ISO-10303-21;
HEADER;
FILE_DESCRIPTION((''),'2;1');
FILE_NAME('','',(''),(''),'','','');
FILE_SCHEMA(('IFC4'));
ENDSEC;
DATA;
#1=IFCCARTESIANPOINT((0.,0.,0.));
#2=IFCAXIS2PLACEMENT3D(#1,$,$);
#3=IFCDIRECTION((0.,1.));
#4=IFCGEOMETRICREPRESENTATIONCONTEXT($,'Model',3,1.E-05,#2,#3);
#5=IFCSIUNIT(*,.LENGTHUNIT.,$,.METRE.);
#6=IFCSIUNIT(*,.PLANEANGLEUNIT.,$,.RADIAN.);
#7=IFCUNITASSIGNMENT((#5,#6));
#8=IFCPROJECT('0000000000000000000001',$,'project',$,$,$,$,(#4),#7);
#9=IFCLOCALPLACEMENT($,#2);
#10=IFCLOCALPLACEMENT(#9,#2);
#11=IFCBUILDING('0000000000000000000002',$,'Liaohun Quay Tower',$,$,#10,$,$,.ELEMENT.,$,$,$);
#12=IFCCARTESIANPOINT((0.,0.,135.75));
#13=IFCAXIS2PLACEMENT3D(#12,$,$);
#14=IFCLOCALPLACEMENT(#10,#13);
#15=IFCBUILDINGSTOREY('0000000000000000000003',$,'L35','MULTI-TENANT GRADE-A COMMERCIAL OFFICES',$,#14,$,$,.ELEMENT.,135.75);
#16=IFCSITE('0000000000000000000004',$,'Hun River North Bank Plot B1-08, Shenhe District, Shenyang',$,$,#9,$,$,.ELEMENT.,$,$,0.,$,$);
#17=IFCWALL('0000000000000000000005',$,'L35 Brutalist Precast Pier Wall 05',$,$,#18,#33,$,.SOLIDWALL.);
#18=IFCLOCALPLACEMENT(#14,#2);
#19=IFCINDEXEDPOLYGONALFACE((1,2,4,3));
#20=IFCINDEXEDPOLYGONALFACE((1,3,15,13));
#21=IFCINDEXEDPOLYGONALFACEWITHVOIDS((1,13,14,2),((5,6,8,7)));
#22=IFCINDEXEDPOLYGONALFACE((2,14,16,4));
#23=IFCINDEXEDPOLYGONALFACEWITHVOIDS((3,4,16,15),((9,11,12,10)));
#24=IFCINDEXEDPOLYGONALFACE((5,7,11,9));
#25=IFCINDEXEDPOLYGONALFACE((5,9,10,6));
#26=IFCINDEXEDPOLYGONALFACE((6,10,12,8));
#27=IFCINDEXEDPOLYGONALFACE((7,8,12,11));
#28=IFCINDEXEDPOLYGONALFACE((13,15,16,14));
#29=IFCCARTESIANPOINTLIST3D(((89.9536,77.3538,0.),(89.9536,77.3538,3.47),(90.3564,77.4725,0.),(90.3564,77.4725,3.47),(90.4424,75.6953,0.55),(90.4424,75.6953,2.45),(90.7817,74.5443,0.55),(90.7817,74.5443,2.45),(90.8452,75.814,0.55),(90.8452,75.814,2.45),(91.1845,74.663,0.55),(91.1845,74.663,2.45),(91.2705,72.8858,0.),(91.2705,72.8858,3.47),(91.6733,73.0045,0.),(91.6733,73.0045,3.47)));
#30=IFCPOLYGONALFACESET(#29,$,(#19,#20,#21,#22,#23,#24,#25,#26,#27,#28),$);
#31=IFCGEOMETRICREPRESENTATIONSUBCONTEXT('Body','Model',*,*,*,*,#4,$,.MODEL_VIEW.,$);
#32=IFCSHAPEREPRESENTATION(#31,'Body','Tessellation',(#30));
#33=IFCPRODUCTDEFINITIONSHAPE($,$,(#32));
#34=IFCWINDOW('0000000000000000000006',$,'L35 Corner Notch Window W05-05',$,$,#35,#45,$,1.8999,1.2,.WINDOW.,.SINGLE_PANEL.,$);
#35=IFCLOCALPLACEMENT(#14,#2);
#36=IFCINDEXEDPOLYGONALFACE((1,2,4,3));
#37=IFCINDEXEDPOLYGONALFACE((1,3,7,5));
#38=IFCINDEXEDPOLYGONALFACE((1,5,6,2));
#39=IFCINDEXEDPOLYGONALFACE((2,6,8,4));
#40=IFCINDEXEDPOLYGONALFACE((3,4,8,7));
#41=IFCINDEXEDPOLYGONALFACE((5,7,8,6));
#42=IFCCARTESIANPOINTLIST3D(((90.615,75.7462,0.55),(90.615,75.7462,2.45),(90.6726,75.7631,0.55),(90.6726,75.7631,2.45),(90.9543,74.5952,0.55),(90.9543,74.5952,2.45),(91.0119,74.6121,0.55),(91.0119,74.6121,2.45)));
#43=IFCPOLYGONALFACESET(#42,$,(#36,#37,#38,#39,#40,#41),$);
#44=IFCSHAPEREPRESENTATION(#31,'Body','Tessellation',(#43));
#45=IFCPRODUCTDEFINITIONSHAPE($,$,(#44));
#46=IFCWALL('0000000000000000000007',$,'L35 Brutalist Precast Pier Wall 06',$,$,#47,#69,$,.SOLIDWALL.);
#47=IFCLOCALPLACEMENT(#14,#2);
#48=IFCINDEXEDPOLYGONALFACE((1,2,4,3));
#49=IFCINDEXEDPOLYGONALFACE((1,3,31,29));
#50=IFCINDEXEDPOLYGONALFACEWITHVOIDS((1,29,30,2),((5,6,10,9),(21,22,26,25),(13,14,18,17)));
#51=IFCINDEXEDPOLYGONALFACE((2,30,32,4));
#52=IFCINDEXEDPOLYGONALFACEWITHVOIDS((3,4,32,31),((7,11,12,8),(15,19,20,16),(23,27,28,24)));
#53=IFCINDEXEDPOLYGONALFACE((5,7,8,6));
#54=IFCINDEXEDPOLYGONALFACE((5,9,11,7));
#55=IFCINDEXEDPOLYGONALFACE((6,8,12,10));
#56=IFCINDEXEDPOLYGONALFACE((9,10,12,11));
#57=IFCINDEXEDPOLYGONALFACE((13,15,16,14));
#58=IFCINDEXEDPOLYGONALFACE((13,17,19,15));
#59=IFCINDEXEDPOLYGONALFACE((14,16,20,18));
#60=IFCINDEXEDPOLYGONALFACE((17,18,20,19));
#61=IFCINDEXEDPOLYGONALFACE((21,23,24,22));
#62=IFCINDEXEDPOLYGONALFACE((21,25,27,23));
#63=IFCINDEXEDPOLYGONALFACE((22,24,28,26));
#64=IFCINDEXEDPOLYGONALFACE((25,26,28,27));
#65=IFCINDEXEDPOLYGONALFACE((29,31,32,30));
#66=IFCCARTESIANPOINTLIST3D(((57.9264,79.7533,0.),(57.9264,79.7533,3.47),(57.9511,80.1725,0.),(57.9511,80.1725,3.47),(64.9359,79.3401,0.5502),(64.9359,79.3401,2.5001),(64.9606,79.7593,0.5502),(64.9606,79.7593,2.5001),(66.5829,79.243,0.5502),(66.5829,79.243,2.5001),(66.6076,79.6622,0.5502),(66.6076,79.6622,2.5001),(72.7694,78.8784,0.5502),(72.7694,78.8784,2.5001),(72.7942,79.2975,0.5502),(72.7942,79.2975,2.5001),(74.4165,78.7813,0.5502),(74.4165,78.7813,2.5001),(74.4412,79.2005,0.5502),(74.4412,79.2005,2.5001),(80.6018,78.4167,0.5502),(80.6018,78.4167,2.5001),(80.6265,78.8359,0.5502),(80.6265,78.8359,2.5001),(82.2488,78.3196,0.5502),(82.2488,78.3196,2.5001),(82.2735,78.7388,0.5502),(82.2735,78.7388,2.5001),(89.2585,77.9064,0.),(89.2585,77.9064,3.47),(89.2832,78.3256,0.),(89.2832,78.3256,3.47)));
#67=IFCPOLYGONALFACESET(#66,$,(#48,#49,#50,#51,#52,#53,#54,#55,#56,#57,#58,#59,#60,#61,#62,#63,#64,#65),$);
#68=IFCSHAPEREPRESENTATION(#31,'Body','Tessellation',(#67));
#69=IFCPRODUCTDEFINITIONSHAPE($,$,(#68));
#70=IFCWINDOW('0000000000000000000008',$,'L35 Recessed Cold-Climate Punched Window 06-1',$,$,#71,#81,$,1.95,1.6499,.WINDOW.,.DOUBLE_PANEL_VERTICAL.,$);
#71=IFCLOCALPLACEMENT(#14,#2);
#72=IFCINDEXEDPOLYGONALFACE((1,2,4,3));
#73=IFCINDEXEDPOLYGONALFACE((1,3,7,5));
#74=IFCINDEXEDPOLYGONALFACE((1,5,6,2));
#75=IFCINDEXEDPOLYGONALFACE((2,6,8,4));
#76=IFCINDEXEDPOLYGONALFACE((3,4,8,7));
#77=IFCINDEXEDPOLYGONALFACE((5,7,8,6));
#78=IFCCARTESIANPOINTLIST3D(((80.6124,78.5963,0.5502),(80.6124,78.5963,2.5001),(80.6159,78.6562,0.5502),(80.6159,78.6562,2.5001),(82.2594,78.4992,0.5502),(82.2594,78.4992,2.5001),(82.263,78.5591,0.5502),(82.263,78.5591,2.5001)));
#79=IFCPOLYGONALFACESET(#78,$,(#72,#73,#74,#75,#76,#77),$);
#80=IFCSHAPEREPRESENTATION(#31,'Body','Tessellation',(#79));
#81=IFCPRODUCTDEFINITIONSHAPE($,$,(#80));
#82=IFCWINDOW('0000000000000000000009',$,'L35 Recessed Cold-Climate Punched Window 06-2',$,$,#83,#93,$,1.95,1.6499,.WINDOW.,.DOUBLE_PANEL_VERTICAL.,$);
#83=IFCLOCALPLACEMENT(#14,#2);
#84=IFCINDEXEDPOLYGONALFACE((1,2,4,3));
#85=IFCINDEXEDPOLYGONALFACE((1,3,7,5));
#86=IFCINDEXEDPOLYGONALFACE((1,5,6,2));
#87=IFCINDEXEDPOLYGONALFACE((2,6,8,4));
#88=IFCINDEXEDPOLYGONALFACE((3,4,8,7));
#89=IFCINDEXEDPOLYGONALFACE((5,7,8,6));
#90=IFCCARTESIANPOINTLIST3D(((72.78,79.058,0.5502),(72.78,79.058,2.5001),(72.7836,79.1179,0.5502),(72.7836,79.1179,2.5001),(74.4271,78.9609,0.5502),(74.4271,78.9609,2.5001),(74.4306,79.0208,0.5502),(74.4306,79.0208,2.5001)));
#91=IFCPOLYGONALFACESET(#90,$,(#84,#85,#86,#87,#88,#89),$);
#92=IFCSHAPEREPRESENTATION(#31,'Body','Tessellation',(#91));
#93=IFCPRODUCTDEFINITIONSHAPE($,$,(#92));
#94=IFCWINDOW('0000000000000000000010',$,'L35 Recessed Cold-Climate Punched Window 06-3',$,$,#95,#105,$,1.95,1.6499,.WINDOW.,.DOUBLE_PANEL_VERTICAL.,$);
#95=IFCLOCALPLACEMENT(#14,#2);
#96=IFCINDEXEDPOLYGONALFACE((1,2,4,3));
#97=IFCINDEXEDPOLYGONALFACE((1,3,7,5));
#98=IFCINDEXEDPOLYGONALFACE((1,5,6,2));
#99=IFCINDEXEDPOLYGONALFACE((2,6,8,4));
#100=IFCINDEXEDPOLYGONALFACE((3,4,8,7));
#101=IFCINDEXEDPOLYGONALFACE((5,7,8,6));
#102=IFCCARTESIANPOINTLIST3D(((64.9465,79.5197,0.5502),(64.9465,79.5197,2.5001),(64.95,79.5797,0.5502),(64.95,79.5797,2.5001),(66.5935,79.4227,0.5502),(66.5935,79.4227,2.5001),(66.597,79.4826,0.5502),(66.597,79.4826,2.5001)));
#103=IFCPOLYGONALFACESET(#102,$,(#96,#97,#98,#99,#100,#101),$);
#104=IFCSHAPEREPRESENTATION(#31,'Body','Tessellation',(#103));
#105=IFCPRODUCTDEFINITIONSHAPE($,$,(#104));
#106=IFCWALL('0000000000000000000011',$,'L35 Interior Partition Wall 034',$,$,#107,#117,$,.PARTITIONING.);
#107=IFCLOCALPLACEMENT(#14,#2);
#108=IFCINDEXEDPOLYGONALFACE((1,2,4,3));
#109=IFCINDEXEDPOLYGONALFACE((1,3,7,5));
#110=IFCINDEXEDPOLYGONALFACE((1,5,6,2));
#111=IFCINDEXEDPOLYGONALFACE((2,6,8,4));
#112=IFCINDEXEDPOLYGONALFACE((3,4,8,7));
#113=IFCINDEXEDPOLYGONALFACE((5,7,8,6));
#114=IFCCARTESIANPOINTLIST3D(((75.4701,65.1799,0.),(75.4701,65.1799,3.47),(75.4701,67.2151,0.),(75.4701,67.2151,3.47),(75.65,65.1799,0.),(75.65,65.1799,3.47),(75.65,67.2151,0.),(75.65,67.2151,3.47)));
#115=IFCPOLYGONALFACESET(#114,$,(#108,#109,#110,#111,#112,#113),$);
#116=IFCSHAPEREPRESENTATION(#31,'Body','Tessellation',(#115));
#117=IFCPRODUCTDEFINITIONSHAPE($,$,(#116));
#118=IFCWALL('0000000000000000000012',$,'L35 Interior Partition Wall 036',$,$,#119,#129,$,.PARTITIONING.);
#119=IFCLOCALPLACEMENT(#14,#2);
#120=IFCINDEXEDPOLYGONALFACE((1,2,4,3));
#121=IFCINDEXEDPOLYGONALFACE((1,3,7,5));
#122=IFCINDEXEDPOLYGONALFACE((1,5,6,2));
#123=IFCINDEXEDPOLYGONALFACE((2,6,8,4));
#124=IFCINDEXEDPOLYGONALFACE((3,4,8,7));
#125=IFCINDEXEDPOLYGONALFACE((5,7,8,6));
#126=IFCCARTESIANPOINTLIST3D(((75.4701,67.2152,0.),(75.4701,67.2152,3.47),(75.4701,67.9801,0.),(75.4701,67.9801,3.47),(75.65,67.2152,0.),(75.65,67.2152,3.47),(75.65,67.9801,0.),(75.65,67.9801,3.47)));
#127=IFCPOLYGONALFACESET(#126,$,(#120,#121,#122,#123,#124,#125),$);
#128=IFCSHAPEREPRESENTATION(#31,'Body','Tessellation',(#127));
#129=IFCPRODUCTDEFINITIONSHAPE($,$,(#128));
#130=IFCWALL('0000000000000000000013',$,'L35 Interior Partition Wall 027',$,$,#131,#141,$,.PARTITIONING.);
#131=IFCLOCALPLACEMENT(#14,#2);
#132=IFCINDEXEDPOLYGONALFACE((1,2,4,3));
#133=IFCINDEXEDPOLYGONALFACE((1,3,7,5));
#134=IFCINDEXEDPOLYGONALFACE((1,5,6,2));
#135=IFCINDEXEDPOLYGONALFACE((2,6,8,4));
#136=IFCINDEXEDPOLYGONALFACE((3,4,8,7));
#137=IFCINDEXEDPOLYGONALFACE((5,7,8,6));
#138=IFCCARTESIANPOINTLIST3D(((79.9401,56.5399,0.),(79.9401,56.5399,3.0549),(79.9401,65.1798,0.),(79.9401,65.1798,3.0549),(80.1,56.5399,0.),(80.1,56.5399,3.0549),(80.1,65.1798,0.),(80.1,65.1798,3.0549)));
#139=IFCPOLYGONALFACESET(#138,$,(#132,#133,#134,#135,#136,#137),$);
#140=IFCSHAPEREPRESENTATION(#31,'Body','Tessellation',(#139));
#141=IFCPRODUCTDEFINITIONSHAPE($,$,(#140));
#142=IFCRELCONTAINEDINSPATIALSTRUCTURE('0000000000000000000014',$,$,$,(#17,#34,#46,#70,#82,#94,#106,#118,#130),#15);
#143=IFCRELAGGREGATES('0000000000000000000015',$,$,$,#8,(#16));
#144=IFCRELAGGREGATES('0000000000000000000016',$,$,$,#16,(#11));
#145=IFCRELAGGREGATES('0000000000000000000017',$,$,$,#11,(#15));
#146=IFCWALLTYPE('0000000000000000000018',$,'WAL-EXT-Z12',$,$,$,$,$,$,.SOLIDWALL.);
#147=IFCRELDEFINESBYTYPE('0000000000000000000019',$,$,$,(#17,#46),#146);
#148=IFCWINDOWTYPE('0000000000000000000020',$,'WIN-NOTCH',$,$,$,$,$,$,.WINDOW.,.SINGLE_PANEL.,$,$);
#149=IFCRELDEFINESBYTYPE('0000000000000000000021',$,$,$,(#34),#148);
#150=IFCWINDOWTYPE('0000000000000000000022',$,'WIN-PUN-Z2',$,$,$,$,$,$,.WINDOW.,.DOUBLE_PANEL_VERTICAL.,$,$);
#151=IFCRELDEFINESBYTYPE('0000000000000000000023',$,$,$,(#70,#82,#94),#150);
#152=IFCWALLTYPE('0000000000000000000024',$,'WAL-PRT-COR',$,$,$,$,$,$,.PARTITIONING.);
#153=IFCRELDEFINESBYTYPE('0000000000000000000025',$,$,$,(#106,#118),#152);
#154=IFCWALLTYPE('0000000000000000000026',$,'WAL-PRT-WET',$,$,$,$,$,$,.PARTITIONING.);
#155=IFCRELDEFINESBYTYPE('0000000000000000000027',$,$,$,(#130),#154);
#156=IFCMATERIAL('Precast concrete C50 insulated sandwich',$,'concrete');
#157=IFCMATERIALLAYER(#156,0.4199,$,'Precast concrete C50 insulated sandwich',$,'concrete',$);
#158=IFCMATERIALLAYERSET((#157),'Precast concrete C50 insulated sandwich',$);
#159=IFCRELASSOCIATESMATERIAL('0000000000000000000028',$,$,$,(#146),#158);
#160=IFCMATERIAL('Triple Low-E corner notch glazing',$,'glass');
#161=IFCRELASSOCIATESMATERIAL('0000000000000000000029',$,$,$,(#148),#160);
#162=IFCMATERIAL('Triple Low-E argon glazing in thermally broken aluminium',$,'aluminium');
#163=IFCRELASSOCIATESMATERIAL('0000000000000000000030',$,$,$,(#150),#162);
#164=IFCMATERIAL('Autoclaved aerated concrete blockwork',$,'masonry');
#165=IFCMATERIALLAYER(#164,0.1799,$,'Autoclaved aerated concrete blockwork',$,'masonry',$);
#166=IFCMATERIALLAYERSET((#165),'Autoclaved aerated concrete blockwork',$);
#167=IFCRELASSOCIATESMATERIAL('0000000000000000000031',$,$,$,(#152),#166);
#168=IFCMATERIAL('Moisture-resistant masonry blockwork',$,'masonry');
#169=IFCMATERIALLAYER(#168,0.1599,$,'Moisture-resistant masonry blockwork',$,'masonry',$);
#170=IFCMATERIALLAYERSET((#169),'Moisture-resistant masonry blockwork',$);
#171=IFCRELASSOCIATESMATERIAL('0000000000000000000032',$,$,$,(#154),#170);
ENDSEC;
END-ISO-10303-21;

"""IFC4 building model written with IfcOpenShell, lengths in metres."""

from ifc_helpers import new_model, si_unit, direction, frame, frame_2d, origin, place, context, subcontext, project, spatial, rectangle, extrude, source, transform, mapped, material, layer, layer_set, type_object, element, fill, save


model = new_model("IFC4")

# Units and contexts
model_context = context("Model", 3, precision=1e-05, world=origin(), true_north=direction((0.0, 1.0)))
body_context = subcontext(model_context, "Body", "Model", "MODEL_VIEW")
ifc_project = project(units=[si_unit("LENGTHUNIT", "METRE"), si_unit("PLANEANGLEUNIT", "RADIAN")], contexts=[model_context])

# Site, building, storey
site_placement = place(None, origin())
site = spatial("IfcSite", under=ifc_project, at=site_placement, Name="Hun River North Bank Plot B1-08, Shenhe District, Shenyang", CompositionType="ELEMENT", RefElevation=0.0)
building_placement = place(site_placement, origin())
building = spatial("IfcBuilding", under=site, at=building_placement, Name="Liaohun Quay Tower", CompositionType="ELEMENT")
storey_placement = place(building_placement, frame((0.0, 0.0, 135.75)))
storey = spatial("IfcBuildingStorey", under=building, at=storey_placement, Name="L35", Description="MULTI-TENANT GRADE-A COMMERCIAL OFFICES", CompositionType="ELEMENT", Elevation=135.75)

# Wall, opening, window
ifc_material_1 = material(Name="Precast concrete C50 insulated sandwich", Category="concrete")
ifc_layer_1 = layer(ifc_material_1, 0.4199, Name="Precast concrete C50 insulated sandwich", Category="concrete")
ifc_layer_set_1 = layer_set([ifc_layer_1], Name="Precast concrete C50 insulated sandwich")
wall_type_1 = type_object("IfcWallType", Name="WAL-EXT-Z12", PredefinedType="SOLIDWALL", material=ifc_layer_set_1)
shared_shape_1 = source(origin(), body_context, "Body", "SweptSolid", [
    extrude(rectangle(XDim=1.2, YDim=1.8999, at=frame_2d((0.6001, 0.95))), frame((0.0, 0.22, 0.0), z_axis=(0.0, -1.0, 0.0), x_axis=(1.0, 0.0, 0.0)), (0.0, 0.0, 1.0), 0.4399),
])
ifc_material_2 = material(Name="Triple Low-E corner notch glazing", Category="glass")
window_type_1 = type_object("IfcWindowType", Name="WIN-NOTCH", PartitioningType="SINGLE_PANEL", PredefinedType="WINDOW", material=ifc_material_2)
shared_shape_2 = source(origin(), body_context, "Body", "SweptSolid", [
    extrude(rectangle(XDim=1.2, YDim=1.8999, at=frame_2d((0.6001, 0.95))), frame((0.0, 0.03, 0.0), z_axis=(0.0, -1.0, 0.0), x_axis=(1.0, 0.0, 0.0)), (0.0, 0.0, 1.0), 0.0601),
])
wall_1_placement = place(storey_placement, frame((91.4719, 72.9451, 0.0), z_axis=(0.0, 0.0, 1.0), x_axis=(-0.282714, 0.959204, 0.0)))
wall_1 = element("IfcWall", 1, at=wall_1_placement, inside=storey, type_object=wall_type_1, Name="L35 Brutalist Precast Pier Wall 05", PredefinedType="SOLIDWALL", context=body_context, shape_type="SweptSolid", body=[
    extrude(rectangle(XDim=4.658, YDim=0.4199, at=frame_2d((2.3291, 0.0))), origin(), (0.0, 0.0, 1.0), 3.47),
])
opening_1_placement = place(wall_1_placement, frame((1.729, 0.0, 0.55)))
opening_1 = element("IfcOpeningElement", 2, at=opening_1_placement, cuts=wall_1, PredefinedType="OPENING", context=body_context, shape_type="MappedRepresentation", body=[
    mapped(shared_shape_1, transform((0.0, 0.0, 0.0), x_axis=(1.0, 0.0, 0.0), y_axis=(0.0, 1.0, 0.0), z_axis=(0.0, 0.0, 1.0), scale=1.0)),
])
window_1_placement = place(opening_1_placement, origin())
window_1 = element("IfcWindow", 3, at=window_1_placement, inside=storey, type_object=window_type_1, Name="L35 Corner Notch Window W05-05", OverallHeight=1.8999, OverallWidth=1.2, PartitioningType="SINGLE_PANEL", PredefinedType="WINDOW", context=body_context, shape_type="MappedRepresentation", body=[
    mapped(shared_shape_2, transform((0.0, 0.0, 0.0), x_axis=(1.0, 0.0, 0.0), y_axis=(0.0, 1.0, 0.0), z_axis=(0.0, 0.0, 1.0), scale=1.0)),
])
fill(opening_1, window_1)

# Wall, openings, windows
wall_2_placement = place(storey_placement, frame((89.271, 78.116, 0.0), z_axis=(0.0, 0.0, 1.0), x_axis=(-0.998267, 0.058845, 0.0)))
wall_2 = element("IfcWall", 4, at=wall_2_placement, inside=storey, type_object=wall_type_1, Name="L35 Brutalist Precast Pier Wall 06", PredefinedType="SOLIDWALL", context=body_context, shape_type="SweptSolid", body=[
    extrude(rectangle(XDim=31.3865, YDim=0.4199, at=frame_2d((15.6934, 0.0))), origin(), (0.0, 0.0, 1.0), 3.47),
])
shared_shape_3 = source(origin(), body_context, "Body", "SweptSolid", [
    extrude(rectangle(XDim=1.6499, YDim=1.95, at=frame_2d((0.825, 0.9751))), frame((0.0, 0.22, 0.0), z_axis=(0.0, -1.0, 0.0), x_axis=(1.0, 0.0, 0.0)), (0.0, 0.0, 1.0), 0.4399),
])
opening_2_placement = place(wall_2_placement, frame((7.022, 0.0, 0.55)))
opening_2 = element("IfcOpeningElement", 5, at=opening_2_placement, cuts=wall_2, PredefinedType="OPENING", context=body_context, shape_type="MappedRepresentation", body=[
    mapped(shared_shape_3, transform((0.0, 0.0, 0.0), x_axis=(1.0, 0.0, 0.0), y_axis=(0.0, 1.0, 0.0), z_axis=(0.0, 0.0, 1.0), scale=1.0)),
])
opening_3_placement = place(wall_2_placement, frame((14.8679, 0.0, 0.55)))
opening_3 = element("IfcOpeningElement", 6, at=opening_3_placement, cuts=wall_2, PredefinedType="OPENING", context=body_context, shape_type="MappedRepresentation", body=[
    mapped(shared_shape_3, transform((0.0, 0.0, 0.0), x_axis=(1.0, 0.0, 0.0), y_axis=(0.0, 1.0, 0.0), z_axis=(0.0, 0.0, 1.0), scale=1.0)),
])
opening_4_placement = place(wall_2_placement, frame((22.7151, 0.0, 0.55)))
opening_4 = element("IfcOpeningElement", 7, at=opening_4_placement, cuts=wall_2, PredefinedType="OPENING", context=body_context, shape_type="MappedRepresentation", body=[
    mapped(shared_shape_3, transform((0.0, 0.0, 0.0), x_axis=(1.0, 0.0, 0.0), y_axis=(0.0, 1.0, 0.0), z_axis=(0.0, 0.0, 1.0), scale=1.0)),
])
ifc_material_3 = material(Name="Triple Low-E argon glazing in thermally broken aluminium", Category="aluminium")
window_type_2 = type_object("IfcWindowType", Name="WIN-PUN-Z2", PartitioningType="DOUBLE_PANEL_VERTICAL", PredefinedType="WINDOW", material=ifc_material_3)
shared_shape_4 = source(origin(), body_context, "Body", "SweptSolid", [
    extrude(rectangle(XDim=1.6499, YDim=1.95, at=frame_2d((0.825, 0.9751))), frame((0.0, 0.03, 0.0), z_axis=(0.0, -1.0, 0.0), x_axis=(1.0, 0.0, 0.0)), (0.0, 0.0, 1.0), 0.0601),
])
window_2_placement = place(opening_2_placement, origin())
window_2 = element("IfcWindow", 8, at=window_2_placement, inside=storey, type_object=window_type_2, Name="L35 Recessed Cold-Climate Punched Window 06-1", OverallHeight=1.95, OverallWidth=1.6499, PartitioningType="DOUBLE_PANEL_VERTICAL", PredefinedType="WINDOW", context=body_context, shape_type="MappedRepresentation", body=[
    mapped(shared_shape_4, transform((0.0, 0.0, 0.0), x_axis=(1.0, 0.0, 0.0), y_axis=(0.0, 1.0, 0.0), z_axis=(0.0, 0.0, 1.0), scale=1.0)),
])
fill(opening_2, window_2)
window_3_placement = place(opening_3_placement, origin())
window_3 = element("IfcWindow", 9, at=window_3_placement, inside=storey, type_object=window_type_2, Name="L35 Recessed Cold-Climate Punched Window 06-2", OverallHeight=1.95, OverallWidth=1.6499, PartitioningType="DOUBLE_PANEL_VERTICAL", PredefinedType="WINDOW", context=body_context, shape_type="MappedRepresentation", body=[
    mapped(shared_shape_4, transform((0.0, 0.0, 0.0), x_axis=(1.0, 0.0, 0.0), y_axis=(0.0, 1.0, 0.0), z_axis=(0.0, 0.0, 1.0), scale=1.0)),
])
fill(opening_3, window_3)
window_4_placement = place(opening_4_placement, origin())
window_4 = element("IfcWindow", 10, at=window_4_placement, inside=storey, type_object=window_type_2, Name="L35 Recessed Cold-Climate Punched Window 06-3", OverallHeight=1.95, OverallWidth=1.6499, PartitioningType="DOUBLE_PANEL_VERTICAL", PredefinedType="WINDOW", context=body_context, shape_type="MappedRepresentation", body=[
    mapped(shared_shape_4, transform((0.0, 0.0, 0.0), x_axis=(1.0, 0.0, 0.0), y_axis=(0.0, 1.0, 0.0), z_axis=(0.0, 0.0, 1.0), scale=1.0)),
])
fill(opening_4, window_4)

# Walls
ifc_material_4 = material(Name="Autoclaved aerated concrete blockwork", Category="masonry")
ifc_layer_2 = layer(ifc_material_4, 0.1799, Name="Autoclaved aerated concrete blockwork", Category="masonry")
ifc_layer_set_2 = layer_set([ifc_layer_2], Name="Autoclaved aerated concrete blockwork")
wall_type_2 = type_object("IfcWallType", Name="WAL-PRT-COR", PredefinedType="PARTITIONING", material=ifc_layer_set_2)
wall_3_placement = place(storey_placement, frame((75.5601, 67.2151, 0.0), z_axis=(0.0, 0.0, 1.0), x_axis=(0.0, -1.0, 0.0)))
element("IfcWall", 11, at=wall_3_placement, inside=storey, type_object=wall_type_2, Name="L35 Interior Partition Wall 034", PredefinedType="PARTITIONING", context=body_context, shape_type="SweptSolid", body=[
    extrude(rectangle(XDim=2.0352, YDim=0.1799, at=frame_2d((1.0176, 0.0))), origin(), (0.0, 0.0, 1.0), 3.47),
])
wall_4_placement = place(storey_placement, frame((75.5601, 67.98, 0.0), z_axis=(0.0, 0.0, 1.0), x_axis=(0.0, -1.0, 0.0)))
element("IfcWall", 12, at=wall_4_placement, inside=storey, type_object=wall_type_2, Name="L35 Interior Partition Wall 036", PredefinedType="PARTITIONING", context=body_context, shape_type="SweptSolid", body=[
    extrude(rectangle(XDim=0.7649, YDim=0.1799, at=frame_2d((0.3823, 0.0))), origin(), (0.0, 0.0, 1.0), 3.47),
])
ifc_material_5 = material(Name="Moisture-resistant masonry blockwork", Category="masonry")
ifc_layer_3 = layer(ifc_material_5, 0.1599, Name="Moisture-resistant masonry blockwork", Category="masonry")
ifc_layer_set_3 = layer_set([ifc_layer_3], Name="Moisture-resistant masonry blockwork")
wall_type_3 = type_object("IfcWallType", Name="WAL-PRT-WET", PredefinedType="PARTITIONING", material=ifc_layer_set_3)
wall_5_placement = place(storey_placement, frame((80.02, 56.54, 0.0), z_axis=(0.0, 0.0, 1.0), x_axis=(0.0, 1.0, 0.0)))
element("IfcWall", 13, at=wall_5_placement, inside=storey, type_object=wall_type_3, Name="L35 Interior Partition Wall 027", PredefinedType="PARTITIONING", context=body_context, shape_type="SweptSolid", body=[
    extrude(rectangle(XDim=8.6399, YDim=0.1599, at=frame_2d((4.3198, 0.0))), origin(), (0.0, 0.0, 1.0), 3.0549),
])

save(model, "model.ifc")
